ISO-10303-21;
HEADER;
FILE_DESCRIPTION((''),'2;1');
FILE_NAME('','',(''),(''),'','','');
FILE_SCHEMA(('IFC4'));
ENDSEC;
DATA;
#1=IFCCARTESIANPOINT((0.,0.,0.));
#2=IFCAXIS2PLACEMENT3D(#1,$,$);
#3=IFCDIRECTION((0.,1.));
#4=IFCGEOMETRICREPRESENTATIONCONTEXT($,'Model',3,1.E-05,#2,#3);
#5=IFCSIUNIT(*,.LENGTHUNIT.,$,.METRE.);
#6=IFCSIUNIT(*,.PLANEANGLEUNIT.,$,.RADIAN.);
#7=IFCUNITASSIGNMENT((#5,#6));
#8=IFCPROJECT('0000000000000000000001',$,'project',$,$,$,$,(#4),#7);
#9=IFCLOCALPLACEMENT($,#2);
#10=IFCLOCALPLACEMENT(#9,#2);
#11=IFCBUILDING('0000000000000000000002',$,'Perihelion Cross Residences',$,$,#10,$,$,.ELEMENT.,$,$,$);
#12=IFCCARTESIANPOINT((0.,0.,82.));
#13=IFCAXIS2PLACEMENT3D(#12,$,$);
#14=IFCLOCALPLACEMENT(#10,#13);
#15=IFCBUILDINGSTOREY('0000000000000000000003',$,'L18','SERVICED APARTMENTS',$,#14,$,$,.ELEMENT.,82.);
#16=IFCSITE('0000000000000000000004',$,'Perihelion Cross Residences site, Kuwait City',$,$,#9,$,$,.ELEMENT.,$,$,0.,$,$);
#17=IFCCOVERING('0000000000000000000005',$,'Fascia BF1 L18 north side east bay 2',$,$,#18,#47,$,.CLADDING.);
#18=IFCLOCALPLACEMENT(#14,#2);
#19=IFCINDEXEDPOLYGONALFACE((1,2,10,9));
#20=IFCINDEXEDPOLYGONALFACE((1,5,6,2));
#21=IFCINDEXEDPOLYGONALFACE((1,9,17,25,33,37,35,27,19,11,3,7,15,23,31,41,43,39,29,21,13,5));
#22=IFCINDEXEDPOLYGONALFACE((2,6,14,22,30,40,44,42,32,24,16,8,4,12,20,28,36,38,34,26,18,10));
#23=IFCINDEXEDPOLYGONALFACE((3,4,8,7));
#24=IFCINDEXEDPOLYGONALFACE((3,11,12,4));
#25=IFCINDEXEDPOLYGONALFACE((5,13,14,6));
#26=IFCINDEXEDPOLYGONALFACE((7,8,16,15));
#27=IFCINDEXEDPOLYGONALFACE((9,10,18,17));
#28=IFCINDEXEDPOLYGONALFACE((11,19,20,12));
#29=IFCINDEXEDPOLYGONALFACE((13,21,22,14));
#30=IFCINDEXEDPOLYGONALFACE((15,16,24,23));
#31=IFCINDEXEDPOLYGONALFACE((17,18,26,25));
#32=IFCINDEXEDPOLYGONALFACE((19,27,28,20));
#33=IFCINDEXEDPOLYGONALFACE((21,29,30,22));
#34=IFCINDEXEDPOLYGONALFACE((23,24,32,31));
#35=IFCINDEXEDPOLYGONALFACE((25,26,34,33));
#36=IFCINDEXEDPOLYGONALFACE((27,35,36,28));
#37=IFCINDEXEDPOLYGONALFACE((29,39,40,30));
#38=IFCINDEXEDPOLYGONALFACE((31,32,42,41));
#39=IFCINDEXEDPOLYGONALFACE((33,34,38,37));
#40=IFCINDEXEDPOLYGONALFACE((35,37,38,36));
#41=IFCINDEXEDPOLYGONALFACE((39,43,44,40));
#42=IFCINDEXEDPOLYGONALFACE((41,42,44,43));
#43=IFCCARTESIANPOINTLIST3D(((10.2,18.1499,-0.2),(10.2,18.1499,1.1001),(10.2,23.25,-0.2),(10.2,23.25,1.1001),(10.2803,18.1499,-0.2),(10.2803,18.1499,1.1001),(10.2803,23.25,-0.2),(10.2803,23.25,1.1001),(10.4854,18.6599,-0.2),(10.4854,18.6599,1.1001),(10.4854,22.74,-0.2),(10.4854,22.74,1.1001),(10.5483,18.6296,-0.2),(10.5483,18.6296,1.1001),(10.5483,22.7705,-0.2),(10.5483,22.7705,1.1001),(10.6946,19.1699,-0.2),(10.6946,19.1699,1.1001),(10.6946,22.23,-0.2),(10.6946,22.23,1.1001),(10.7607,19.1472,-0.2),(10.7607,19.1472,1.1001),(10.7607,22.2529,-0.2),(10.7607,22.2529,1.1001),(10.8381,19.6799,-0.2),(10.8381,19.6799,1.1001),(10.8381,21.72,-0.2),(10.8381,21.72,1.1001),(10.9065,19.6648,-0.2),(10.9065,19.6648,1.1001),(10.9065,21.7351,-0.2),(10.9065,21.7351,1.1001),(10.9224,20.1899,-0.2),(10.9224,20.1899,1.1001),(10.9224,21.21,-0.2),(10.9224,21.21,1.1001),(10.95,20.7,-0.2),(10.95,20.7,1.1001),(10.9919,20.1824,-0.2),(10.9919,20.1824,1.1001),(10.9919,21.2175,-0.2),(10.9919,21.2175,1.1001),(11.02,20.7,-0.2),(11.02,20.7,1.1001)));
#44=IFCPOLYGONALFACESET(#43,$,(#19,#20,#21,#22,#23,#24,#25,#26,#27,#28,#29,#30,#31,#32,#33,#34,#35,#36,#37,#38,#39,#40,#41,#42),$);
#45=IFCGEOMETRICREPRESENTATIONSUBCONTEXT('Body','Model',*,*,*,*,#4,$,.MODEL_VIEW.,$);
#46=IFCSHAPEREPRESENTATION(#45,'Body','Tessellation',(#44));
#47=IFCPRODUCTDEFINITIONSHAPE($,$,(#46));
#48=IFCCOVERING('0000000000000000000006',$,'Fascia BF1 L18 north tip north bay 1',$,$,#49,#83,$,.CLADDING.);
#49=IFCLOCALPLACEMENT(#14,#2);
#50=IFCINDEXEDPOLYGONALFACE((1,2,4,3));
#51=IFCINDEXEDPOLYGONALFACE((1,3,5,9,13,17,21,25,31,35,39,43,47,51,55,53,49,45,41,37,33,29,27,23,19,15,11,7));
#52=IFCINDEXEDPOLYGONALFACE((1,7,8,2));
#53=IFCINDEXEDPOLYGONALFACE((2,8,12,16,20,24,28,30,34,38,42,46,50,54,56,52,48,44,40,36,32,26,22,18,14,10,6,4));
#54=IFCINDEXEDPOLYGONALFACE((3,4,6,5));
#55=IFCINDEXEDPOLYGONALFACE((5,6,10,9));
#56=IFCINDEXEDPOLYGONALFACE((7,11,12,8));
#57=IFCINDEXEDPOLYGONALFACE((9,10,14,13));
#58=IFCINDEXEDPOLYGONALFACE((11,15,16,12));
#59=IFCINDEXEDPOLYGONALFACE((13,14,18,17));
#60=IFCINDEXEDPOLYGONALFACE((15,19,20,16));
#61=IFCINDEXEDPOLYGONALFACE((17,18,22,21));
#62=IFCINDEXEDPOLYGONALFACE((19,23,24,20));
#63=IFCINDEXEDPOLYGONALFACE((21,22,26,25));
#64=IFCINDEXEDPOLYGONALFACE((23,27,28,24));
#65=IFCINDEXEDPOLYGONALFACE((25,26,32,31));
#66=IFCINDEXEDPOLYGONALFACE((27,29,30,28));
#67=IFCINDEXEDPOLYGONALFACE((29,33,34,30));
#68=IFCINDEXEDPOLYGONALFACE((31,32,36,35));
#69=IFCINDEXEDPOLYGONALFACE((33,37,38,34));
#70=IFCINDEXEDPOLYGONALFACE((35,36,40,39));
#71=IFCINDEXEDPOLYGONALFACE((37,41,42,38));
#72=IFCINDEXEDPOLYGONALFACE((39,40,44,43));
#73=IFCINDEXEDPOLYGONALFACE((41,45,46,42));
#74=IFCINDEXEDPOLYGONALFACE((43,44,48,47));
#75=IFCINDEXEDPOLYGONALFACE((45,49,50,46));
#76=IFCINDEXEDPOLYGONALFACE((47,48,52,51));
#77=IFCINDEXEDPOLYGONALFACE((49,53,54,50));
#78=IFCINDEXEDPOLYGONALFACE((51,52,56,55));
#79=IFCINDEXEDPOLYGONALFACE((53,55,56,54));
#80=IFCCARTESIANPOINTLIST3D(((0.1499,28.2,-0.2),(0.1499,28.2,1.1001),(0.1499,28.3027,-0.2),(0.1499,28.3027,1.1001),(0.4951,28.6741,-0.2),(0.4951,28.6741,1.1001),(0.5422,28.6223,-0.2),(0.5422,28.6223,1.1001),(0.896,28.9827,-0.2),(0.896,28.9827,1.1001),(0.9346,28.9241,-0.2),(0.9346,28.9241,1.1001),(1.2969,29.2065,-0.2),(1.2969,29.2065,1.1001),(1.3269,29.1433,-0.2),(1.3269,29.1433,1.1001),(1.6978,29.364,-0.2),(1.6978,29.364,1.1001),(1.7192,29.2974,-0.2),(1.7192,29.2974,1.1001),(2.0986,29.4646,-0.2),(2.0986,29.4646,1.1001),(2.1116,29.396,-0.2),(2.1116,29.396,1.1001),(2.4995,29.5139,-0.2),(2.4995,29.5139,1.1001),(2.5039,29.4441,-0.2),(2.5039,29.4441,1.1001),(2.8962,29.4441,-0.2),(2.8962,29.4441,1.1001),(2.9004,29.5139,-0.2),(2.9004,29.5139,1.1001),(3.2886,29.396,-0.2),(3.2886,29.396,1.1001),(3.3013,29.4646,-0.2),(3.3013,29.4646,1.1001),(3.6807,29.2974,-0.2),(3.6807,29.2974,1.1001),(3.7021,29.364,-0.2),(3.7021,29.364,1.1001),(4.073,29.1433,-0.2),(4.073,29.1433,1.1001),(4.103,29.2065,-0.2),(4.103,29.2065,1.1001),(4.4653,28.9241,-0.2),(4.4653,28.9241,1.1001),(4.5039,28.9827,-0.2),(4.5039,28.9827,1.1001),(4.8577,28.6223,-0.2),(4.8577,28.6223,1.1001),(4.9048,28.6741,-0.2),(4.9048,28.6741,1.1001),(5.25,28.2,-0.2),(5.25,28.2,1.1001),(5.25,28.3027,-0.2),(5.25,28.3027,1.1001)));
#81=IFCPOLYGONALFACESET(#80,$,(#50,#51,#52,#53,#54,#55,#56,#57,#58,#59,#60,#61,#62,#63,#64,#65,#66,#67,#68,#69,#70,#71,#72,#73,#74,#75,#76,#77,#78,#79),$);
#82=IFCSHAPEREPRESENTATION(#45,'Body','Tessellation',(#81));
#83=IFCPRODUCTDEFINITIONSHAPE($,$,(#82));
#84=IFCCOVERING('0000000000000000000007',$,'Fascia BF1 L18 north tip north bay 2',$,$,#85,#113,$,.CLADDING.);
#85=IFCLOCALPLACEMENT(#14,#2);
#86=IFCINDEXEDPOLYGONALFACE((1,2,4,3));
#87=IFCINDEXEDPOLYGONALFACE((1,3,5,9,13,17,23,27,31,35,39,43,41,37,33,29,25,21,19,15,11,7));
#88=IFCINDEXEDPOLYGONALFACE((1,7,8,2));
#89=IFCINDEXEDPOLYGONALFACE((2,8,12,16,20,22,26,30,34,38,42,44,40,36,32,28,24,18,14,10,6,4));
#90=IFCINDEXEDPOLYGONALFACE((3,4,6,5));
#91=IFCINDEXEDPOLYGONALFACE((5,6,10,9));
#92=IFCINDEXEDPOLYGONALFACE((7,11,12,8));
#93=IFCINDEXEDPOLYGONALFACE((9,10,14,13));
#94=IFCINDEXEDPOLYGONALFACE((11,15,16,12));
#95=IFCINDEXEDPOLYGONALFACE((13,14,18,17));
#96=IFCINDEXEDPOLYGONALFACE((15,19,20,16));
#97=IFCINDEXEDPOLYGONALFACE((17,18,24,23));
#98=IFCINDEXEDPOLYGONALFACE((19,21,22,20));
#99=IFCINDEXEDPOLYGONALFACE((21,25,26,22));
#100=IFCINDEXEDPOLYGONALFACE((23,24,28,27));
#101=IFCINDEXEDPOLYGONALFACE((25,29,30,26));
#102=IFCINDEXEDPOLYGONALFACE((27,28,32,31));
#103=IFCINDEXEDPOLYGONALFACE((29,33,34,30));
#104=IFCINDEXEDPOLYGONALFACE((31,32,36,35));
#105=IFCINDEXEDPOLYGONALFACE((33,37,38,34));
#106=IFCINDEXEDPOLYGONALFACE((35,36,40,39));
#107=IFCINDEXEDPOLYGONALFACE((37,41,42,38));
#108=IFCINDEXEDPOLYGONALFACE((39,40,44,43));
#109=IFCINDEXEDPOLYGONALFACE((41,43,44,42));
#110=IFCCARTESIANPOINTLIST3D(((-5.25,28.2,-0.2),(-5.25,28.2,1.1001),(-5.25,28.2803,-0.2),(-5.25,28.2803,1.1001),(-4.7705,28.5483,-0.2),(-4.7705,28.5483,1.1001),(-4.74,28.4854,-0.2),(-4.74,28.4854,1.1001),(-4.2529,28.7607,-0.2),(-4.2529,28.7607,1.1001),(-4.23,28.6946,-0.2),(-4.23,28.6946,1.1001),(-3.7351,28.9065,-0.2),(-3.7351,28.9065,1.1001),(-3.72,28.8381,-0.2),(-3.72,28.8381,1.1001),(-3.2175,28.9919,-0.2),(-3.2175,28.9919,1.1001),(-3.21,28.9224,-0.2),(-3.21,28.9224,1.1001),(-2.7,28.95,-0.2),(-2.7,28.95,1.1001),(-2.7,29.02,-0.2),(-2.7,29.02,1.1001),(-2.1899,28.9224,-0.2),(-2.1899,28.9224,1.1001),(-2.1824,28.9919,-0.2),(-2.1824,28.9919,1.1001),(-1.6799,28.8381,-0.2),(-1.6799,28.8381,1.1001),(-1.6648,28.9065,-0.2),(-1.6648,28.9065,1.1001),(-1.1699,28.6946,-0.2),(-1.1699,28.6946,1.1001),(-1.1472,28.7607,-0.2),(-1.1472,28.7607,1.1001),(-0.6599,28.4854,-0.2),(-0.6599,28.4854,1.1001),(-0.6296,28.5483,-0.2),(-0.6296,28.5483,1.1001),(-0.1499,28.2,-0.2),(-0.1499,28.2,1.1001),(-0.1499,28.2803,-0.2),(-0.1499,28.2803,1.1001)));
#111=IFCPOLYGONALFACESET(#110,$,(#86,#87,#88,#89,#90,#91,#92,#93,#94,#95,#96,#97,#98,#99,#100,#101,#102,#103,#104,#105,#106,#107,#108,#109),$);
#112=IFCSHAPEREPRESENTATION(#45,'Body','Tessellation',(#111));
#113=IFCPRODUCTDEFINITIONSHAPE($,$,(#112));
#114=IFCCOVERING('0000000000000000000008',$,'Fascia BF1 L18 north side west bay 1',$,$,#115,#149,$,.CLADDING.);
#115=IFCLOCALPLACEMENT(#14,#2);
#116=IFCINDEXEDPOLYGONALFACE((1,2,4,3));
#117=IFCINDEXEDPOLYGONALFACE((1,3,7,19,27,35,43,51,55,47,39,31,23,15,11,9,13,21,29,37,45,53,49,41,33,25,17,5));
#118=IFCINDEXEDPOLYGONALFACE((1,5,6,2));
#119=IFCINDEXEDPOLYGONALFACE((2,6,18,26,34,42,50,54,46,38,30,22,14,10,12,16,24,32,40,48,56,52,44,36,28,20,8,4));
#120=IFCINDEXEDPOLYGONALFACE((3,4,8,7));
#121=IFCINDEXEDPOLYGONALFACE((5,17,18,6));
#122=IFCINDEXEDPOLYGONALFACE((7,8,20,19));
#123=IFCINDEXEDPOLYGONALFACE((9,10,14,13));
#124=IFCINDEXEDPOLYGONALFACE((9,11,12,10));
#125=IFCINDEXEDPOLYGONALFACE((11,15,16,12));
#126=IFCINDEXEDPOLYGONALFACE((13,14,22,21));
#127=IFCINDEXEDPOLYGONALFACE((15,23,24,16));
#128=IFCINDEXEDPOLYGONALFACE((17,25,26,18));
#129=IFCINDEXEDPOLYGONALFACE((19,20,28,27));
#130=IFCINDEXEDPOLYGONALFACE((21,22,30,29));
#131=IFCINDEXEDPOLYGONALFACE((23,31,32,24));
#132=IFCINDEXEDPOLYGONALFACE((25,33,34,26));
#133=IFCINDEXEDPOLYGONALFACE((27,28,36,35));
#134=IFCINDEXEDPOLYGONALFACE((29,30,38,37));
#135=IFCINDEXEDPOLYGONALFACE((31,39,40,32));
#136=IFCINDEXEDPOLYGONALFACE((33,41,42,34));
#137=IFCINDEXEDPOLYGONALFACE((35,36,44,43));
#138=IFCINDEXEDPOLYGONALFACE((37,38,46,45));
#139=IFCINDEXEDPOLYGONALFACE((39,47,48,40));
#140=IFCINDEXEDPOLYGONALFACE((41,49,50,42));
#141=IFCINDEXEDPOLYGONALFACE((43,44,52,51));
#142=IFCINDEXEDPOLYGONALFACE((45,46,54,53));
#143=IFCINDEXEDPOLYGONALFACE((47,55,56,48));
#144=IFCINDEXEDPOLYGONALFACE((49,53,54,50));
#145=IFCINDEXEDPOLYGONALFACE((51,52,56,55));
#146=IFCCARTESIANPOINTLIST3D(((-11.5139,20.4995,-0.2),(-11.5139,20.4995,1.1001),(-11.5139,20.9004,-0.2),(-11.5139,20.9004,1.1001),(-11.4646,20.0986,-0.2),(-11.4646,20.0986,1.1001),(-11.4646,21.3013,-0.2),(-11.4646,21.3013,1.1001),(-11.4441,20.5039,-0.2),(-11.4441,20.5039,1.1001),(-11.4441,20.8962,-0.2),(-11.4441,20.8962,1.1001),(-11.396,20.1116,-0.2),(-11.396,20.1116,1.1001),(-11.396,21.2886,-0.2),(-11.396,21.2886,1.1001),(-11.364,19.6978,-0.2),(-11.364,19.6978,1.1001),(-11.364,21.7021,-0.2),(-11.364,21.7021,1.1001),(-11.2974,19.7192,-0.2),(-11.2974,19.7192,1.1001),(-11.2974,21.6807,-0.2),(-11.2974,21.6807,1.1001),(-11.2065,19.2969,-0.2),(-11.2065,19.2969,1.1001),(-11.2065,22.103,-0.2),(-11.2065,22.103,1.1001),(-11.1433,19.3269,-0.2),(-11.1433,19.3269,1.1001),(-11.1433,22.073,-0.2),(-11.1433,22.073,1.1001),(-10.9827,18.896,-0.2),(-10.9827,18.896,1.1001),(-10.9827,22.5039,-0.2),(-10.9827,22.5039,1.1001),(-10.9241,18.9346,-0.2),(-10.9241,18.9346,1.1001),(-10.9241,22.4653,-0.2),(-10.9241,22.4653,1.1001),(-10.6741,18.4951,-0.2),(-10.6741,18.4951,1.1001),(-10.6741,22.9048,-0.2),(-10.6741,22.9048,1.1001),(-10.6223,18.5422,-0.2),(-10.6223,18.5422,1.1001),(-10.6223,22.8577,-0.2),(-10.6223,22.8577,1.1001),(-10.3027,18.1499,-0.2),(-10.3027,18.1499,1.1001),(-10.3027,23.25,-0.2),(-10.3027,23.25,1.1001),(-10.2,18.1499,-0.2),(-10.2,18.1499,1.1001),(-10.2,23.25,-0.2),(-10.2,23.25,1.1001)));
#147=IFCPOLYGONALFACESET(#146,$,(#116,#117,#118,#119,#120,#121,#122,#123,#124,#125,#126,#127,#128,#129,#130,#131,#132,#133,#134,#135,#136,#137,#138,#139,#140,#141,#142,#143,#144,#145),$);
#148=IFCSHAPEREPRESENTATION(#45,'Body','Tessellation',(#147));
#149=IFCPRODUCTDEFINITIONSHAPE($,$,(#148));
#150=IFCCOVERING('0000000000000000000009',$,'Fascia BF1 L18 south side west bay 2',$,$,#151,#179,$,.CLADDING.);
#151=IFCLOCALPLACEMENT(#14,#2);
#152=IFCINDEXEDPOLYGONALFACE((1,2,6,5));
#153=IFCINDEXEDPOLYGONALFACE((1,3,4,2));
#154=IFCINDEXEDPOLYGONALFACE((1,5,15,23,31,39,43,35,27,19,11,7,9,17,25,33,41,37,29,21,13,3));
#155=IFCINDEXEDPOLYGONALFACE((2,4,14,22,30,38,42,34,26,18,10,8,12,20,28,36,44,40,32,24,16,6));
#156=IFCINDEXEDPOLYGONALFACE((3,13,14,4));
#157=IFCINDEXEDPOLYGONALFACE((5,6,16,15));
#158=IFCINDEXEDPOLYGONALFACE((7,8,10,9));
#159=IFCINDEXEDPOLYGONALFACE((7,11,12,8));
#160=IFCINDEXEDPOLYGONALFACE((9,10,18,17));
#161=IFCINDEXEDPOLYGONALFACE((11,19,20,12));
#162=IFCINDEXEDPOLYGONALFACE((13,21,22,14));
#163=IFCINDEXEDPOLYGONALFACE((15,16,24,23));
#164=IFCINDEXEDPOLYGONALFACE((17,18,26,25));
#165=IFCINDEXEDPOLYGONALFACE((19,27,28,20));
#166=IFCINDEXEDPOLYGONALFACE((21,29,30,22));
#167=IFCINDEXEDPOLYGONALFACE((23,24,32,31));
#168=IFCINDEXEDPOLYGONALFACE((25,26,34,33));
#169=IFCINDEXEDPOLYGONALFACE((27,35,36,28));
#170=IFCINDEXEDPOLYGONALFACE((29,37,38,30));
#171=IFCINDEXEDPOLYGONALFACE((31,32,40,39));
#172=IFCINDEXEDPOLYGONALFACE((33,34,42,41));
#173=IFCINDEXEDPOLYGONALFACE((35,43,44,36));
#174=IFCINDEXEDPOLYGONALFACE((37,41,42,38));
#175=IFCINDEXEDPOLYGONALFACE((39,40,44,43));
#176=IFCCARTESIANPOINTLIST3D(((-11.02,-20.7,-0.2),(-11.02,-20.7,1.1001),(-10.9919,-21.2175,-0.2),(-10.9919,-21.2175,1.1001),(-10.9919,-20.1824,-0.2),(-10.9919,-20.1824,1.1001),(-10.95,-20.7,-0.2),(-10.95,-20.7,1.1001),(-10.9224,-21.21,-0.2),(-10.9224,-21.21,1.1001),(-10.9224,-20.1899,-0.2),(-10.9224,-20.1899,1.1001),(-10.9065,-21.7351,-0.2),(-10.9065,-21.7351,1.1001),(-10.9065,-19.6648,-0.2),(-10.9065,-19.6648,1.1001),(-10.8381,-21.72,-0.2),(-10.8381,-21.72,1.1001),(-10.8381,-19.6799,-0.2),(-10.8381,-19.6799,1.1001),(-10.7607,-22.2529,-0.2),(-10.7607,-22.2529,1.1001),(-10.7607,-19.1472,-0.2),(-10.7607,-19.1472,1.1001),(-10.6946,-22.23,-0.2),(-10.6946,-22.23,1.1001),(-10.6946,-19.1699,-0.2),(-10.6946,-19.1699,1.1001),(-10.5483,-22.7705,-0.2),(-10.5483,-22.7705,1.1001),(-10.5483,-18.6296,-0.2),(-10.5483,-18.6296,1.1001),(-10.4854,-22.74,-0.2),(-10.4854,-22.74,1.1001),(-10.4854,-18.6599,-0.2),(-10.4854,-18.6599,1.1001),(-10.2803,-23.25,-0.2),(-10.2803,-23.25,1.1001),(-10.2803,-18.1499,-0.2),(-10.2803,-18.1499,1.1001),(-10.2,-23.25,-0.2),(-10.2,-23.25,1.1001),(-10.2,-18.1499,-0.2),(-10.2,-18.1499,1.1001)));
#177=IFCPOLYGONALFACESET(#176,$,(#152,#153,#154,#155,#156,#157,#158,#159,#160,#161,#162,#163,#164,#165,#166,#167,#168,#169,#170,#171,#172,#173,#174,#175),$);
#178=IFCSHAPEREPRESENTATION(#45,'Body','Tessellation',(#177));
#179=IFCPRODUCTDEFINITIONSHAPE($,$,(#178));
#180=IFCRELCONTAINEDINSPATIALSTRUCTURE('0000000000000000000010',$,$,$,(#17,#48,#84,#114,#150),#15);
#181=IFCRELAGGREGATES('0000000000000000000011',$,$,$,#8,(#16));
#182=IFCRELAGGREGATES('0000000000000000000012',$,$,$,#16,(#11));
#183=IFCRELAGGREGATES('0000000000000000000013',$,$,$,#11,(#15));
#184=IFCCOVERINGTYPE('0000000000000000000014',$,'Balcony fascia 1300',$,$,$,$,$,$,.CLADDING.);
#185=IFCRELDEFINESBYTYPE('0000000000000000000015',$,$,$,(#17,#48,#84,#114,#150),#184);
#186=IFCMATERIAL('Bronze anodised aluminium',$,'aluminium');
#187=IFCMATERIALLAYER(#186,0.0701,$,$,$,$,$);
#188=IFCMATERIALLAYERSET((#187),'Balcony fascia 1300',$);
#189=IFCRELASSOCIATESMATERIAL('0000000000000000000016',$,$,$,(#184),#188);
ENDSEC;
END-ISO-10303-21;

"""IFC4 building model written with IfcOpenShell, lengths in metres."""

from ifc_helpers import new_model, si_unit, direction, frame, origin, place, context, subcontext, project, spatial, polyline, outline, extrude, material, layer, layer_set, type_object, element, save


model = new_model("IFC4")

# Units and contexts
model_context = context("Model", 3, precision=1e-05, world=origin(), true_north=direction((0.0, 1.0)))
body_context = subcontext(model_context, "Body", "Model", "MODEL_VIEW")
ifc_project = project(units=[si_unit("LENGTHUNIT", "METRE"), si_unit("PLANEANGLEUNIT", "RADIAN")], contexts=[model_context])

# Site, building, storey
site_placement = place(None, origin())
site = spatial("IfcSite", under=ifc_project, at=site_placement, Name="Perihelion Cross Residences site, Kuwait City", CompositionType="ELEMENT", RefElevation=0.0)
building_placement = place(site_placement, origin())
building = spatial("IfcBuilding", under=site, at=building_placement, Name="Perihelion Cross Residences", CompositionType="ELEMENT")
storey_placement = place(building_placement, frame((0.0, 0.0, 82.0)))
storey = spatial("IfcBuildingStorey", under=building, at=storey_placement, Name="L18", Description="SERVICED APARTMENTS", CompositionType="ELEMENT", Elevation=82.0)

# Coverings
ifc_material_1 = material(Name="Bronze anodised aluminium", Category="aluminium")
ifc_layer_1 = layer(ifc_material_1, 0.0701)
ifc_layer_set_1 = layer_set([ifc_layer_1], Name="Balcony fascia 1300")
covering_type = type_object("IfcCoveringType", Name="Balcony fascia 1300", PredefinedType="CLADDING", material=ifc_layer_set_1)
covering_1_placement = place(storey_placement, frame((0.0, 0.0, -0.2)))
element("IfcCovering", 1, at=covering_1_placement, inside=storey, type_object=covering_type, Name="Fascia BF1 L18 north side east bay 2", PredefinedType="CLADDING", context=body_context, shape_type="SweptSolid", body=[
    extrude(outline(polyline([(10.5483, 18.6296), (10.7607, 19.1472), (10.9065, 19.6648), (10.9919, 20.1824), (11.02, 20.7), (10.9919, 21.2175), (10.9065, 21.7351), (10.7607, 22.2529), (10.5483, 22.7705), (10.2803, 23.25), (10.2, 23.25), (10.4854, 22.74), (10.6946, 22.23), (10.8381, 21.72), (10.9224, 21.21), (10.95, 20.7), (10.9224, 20.1899), (10.8381, 19.6799), (10.6946, 19.1699), (10.4854, 18.6599), (10.2, 18.1499), (10.2803, 18.1499), (10.5483, 18.6296)])), origin(), (0.0, 0.0, 1.0), 1.3),
])
covering_2_placement = place(storey_placement, frame((0.0, 0.0, -0.2)))
element("IfcCovering", 2, at=covering_2_placement, inside=storey, type_object=covering_type, Name="Fascia BF1 L18 north tip north bay 1", PredefinedType="CLADDING", context=body_context, shape_type="SweptSolid", body=[
    extrude(outline(polyline([(4.9048, 28.6741), (4.5039, 28.9827), (4.103, 29.2065), (3.7021, 29.364), (3.3013, 29.4646), (2.9004, 29.5139), (2.4995, 29.5139), (2.0986, 29.4646), (1.6978, 29.364), (1.2969, 29.2065), (0.896, 28.9827), (0.4951, 28.6741), (0.1499, 28.3027), (0.1499, 28.2), (0.5422, 28.6223), (0.9346, 28.9241), (1.3269, 29.1433), (1.7192, 29.2974), (2.1116, 29.396), (2.5039, 29.4441), (2.8962, 29.4441), (3.2886, 29.396), (3.6807, 29.2974), (4.073, 29.1433), (4.4653, 28.9241), (4.8577, 28.6223), (5.25, 28.2), (5.25, 28.3027), (4.9048, 28.6741)])), origin(), (0.0, 0.0, 1.0), 1.3),
])
covering_3_placement = place(storey_placement, frame((0.0, 0.0, -0.2)))
element("IfcCovering", 3, at=covering_3_placement, inside=storey, type_object=covering_type, Name="Fascia BF1 L18 north tip north bay 2", PredefinedType="CLADDING", context=body_context, shape_type="SweptSolid", body=[
    extrude(outline(polyline([(-0.6296, 28.5483), (-1.1472, 28.7607), (-1.6648, 28.9065), (-2.1824, 28.9919), (-2.7, 29.02), (-3.2175, 28.9919), (-3.7351, 28.9065), (-4.2529, 28.7607), (-4.7705, 28.5483), (-5.25, 28.2803), (-5.25, 28.2), (-4.74, 28.4854), (-4.23, 28.6946), (-3.72, 28.8381), (-3.21, 28.9224), (-2.7, 28.95), (-2.1899, 28.9224), (-1.6799, 28.8381), (-1.1699, 28.6946), (-0.6599, 28.4854), (-0.1499, 28.2), (-0.1499, 28.2803), (-0.6296, 28.5483)])), origin(), (0.0, 0.0, 1.0), 1.3),
])
covering_4_placement = place(storey_placement, frame((0.0, 0.0, -0.2)))
element("IfcCovering", 4, at=covering_4_placement, inside=storey, type_object=covering_type, Name="Fascia BF1 L18 north side west bay 1", PredefinedType="CLADDING", context=body_context, shape_type="SweptSolid", body=[
    extrude(outline(polyline([(-10.6741, 22.9048), (-10.9827, 22.5039), (-11.2065, 22.103), (-11.364, 21.7021), (-11.4646, 21.3013), (-11.5139, 20.9004), (-11.5139, 20.4995), (-11.4646, 20.0986), (-11.364, 19.6978), (-11.2065, 19.2969), (-10.9827, 18.896), (-10.6741, 18.4951), (-10.3027, 18.1499), (-10.2, 18.1499), (-10.6223, 18.5422), (-10.9241, 18.9346), (-11.1433, 19.3269), (-11.2974, 19.7192), (-11.396, 20.1116), (-11.4441, 20.5039), (-11.4441, 20.8962), (-11.396, 21.2886), (-11.2974, 21.6807), (-11.1433, 22.073), (-10.9241, 22.4653), (-10.6223, 22.8577), (-10.2, 23.25), (-10.3027, 23.25), (-10.6741, 22.9048)])), origin(), (0.0, 0.0, 1.0), 1.3),
])
covering_5_placement = place(storey_placement, frame((0.0, 0.0, -0.2)))
element("IfcCovering", 5, at=covering_5_placement, inside=storey, type_object=covering_type, Name="Fascia BF1 L18 south side west bay 2", PredefinedType="CLADDING", context=body_context, shape_type="SweptSolid", body=[
    extrude(outline(polyline([(-10.5483, -18.6296), (-10.7607, -19.1472), (-10.9065, -19.6648), (-10.9919, -20.1824), (-11.02, -20.7), (-10.9919, -21.2175), (-10.9065, -21.7351), (-10.7607, -22.2529), (-10.5483, -22.7705), (-10.2803, -23.25), (-10.2, -23.25), (-10.4854, -22.74), (-10.6946, -22.23), (-10.8381, -21.72), (-10.9224, -21.21), (-10.95, -20.7), (-10.9224, -20.1899), (-10.8381, -19.6799), (-10.6946, -19.1699), (-10.4854, -18.6599), (-10.2, -18.1499), (-10.2803, -18.1499), (-10.5483, -18.6296)])), origin(), (0.0, 0.0, 1.0), 1.3),
])

save(model, "model.ifc")
